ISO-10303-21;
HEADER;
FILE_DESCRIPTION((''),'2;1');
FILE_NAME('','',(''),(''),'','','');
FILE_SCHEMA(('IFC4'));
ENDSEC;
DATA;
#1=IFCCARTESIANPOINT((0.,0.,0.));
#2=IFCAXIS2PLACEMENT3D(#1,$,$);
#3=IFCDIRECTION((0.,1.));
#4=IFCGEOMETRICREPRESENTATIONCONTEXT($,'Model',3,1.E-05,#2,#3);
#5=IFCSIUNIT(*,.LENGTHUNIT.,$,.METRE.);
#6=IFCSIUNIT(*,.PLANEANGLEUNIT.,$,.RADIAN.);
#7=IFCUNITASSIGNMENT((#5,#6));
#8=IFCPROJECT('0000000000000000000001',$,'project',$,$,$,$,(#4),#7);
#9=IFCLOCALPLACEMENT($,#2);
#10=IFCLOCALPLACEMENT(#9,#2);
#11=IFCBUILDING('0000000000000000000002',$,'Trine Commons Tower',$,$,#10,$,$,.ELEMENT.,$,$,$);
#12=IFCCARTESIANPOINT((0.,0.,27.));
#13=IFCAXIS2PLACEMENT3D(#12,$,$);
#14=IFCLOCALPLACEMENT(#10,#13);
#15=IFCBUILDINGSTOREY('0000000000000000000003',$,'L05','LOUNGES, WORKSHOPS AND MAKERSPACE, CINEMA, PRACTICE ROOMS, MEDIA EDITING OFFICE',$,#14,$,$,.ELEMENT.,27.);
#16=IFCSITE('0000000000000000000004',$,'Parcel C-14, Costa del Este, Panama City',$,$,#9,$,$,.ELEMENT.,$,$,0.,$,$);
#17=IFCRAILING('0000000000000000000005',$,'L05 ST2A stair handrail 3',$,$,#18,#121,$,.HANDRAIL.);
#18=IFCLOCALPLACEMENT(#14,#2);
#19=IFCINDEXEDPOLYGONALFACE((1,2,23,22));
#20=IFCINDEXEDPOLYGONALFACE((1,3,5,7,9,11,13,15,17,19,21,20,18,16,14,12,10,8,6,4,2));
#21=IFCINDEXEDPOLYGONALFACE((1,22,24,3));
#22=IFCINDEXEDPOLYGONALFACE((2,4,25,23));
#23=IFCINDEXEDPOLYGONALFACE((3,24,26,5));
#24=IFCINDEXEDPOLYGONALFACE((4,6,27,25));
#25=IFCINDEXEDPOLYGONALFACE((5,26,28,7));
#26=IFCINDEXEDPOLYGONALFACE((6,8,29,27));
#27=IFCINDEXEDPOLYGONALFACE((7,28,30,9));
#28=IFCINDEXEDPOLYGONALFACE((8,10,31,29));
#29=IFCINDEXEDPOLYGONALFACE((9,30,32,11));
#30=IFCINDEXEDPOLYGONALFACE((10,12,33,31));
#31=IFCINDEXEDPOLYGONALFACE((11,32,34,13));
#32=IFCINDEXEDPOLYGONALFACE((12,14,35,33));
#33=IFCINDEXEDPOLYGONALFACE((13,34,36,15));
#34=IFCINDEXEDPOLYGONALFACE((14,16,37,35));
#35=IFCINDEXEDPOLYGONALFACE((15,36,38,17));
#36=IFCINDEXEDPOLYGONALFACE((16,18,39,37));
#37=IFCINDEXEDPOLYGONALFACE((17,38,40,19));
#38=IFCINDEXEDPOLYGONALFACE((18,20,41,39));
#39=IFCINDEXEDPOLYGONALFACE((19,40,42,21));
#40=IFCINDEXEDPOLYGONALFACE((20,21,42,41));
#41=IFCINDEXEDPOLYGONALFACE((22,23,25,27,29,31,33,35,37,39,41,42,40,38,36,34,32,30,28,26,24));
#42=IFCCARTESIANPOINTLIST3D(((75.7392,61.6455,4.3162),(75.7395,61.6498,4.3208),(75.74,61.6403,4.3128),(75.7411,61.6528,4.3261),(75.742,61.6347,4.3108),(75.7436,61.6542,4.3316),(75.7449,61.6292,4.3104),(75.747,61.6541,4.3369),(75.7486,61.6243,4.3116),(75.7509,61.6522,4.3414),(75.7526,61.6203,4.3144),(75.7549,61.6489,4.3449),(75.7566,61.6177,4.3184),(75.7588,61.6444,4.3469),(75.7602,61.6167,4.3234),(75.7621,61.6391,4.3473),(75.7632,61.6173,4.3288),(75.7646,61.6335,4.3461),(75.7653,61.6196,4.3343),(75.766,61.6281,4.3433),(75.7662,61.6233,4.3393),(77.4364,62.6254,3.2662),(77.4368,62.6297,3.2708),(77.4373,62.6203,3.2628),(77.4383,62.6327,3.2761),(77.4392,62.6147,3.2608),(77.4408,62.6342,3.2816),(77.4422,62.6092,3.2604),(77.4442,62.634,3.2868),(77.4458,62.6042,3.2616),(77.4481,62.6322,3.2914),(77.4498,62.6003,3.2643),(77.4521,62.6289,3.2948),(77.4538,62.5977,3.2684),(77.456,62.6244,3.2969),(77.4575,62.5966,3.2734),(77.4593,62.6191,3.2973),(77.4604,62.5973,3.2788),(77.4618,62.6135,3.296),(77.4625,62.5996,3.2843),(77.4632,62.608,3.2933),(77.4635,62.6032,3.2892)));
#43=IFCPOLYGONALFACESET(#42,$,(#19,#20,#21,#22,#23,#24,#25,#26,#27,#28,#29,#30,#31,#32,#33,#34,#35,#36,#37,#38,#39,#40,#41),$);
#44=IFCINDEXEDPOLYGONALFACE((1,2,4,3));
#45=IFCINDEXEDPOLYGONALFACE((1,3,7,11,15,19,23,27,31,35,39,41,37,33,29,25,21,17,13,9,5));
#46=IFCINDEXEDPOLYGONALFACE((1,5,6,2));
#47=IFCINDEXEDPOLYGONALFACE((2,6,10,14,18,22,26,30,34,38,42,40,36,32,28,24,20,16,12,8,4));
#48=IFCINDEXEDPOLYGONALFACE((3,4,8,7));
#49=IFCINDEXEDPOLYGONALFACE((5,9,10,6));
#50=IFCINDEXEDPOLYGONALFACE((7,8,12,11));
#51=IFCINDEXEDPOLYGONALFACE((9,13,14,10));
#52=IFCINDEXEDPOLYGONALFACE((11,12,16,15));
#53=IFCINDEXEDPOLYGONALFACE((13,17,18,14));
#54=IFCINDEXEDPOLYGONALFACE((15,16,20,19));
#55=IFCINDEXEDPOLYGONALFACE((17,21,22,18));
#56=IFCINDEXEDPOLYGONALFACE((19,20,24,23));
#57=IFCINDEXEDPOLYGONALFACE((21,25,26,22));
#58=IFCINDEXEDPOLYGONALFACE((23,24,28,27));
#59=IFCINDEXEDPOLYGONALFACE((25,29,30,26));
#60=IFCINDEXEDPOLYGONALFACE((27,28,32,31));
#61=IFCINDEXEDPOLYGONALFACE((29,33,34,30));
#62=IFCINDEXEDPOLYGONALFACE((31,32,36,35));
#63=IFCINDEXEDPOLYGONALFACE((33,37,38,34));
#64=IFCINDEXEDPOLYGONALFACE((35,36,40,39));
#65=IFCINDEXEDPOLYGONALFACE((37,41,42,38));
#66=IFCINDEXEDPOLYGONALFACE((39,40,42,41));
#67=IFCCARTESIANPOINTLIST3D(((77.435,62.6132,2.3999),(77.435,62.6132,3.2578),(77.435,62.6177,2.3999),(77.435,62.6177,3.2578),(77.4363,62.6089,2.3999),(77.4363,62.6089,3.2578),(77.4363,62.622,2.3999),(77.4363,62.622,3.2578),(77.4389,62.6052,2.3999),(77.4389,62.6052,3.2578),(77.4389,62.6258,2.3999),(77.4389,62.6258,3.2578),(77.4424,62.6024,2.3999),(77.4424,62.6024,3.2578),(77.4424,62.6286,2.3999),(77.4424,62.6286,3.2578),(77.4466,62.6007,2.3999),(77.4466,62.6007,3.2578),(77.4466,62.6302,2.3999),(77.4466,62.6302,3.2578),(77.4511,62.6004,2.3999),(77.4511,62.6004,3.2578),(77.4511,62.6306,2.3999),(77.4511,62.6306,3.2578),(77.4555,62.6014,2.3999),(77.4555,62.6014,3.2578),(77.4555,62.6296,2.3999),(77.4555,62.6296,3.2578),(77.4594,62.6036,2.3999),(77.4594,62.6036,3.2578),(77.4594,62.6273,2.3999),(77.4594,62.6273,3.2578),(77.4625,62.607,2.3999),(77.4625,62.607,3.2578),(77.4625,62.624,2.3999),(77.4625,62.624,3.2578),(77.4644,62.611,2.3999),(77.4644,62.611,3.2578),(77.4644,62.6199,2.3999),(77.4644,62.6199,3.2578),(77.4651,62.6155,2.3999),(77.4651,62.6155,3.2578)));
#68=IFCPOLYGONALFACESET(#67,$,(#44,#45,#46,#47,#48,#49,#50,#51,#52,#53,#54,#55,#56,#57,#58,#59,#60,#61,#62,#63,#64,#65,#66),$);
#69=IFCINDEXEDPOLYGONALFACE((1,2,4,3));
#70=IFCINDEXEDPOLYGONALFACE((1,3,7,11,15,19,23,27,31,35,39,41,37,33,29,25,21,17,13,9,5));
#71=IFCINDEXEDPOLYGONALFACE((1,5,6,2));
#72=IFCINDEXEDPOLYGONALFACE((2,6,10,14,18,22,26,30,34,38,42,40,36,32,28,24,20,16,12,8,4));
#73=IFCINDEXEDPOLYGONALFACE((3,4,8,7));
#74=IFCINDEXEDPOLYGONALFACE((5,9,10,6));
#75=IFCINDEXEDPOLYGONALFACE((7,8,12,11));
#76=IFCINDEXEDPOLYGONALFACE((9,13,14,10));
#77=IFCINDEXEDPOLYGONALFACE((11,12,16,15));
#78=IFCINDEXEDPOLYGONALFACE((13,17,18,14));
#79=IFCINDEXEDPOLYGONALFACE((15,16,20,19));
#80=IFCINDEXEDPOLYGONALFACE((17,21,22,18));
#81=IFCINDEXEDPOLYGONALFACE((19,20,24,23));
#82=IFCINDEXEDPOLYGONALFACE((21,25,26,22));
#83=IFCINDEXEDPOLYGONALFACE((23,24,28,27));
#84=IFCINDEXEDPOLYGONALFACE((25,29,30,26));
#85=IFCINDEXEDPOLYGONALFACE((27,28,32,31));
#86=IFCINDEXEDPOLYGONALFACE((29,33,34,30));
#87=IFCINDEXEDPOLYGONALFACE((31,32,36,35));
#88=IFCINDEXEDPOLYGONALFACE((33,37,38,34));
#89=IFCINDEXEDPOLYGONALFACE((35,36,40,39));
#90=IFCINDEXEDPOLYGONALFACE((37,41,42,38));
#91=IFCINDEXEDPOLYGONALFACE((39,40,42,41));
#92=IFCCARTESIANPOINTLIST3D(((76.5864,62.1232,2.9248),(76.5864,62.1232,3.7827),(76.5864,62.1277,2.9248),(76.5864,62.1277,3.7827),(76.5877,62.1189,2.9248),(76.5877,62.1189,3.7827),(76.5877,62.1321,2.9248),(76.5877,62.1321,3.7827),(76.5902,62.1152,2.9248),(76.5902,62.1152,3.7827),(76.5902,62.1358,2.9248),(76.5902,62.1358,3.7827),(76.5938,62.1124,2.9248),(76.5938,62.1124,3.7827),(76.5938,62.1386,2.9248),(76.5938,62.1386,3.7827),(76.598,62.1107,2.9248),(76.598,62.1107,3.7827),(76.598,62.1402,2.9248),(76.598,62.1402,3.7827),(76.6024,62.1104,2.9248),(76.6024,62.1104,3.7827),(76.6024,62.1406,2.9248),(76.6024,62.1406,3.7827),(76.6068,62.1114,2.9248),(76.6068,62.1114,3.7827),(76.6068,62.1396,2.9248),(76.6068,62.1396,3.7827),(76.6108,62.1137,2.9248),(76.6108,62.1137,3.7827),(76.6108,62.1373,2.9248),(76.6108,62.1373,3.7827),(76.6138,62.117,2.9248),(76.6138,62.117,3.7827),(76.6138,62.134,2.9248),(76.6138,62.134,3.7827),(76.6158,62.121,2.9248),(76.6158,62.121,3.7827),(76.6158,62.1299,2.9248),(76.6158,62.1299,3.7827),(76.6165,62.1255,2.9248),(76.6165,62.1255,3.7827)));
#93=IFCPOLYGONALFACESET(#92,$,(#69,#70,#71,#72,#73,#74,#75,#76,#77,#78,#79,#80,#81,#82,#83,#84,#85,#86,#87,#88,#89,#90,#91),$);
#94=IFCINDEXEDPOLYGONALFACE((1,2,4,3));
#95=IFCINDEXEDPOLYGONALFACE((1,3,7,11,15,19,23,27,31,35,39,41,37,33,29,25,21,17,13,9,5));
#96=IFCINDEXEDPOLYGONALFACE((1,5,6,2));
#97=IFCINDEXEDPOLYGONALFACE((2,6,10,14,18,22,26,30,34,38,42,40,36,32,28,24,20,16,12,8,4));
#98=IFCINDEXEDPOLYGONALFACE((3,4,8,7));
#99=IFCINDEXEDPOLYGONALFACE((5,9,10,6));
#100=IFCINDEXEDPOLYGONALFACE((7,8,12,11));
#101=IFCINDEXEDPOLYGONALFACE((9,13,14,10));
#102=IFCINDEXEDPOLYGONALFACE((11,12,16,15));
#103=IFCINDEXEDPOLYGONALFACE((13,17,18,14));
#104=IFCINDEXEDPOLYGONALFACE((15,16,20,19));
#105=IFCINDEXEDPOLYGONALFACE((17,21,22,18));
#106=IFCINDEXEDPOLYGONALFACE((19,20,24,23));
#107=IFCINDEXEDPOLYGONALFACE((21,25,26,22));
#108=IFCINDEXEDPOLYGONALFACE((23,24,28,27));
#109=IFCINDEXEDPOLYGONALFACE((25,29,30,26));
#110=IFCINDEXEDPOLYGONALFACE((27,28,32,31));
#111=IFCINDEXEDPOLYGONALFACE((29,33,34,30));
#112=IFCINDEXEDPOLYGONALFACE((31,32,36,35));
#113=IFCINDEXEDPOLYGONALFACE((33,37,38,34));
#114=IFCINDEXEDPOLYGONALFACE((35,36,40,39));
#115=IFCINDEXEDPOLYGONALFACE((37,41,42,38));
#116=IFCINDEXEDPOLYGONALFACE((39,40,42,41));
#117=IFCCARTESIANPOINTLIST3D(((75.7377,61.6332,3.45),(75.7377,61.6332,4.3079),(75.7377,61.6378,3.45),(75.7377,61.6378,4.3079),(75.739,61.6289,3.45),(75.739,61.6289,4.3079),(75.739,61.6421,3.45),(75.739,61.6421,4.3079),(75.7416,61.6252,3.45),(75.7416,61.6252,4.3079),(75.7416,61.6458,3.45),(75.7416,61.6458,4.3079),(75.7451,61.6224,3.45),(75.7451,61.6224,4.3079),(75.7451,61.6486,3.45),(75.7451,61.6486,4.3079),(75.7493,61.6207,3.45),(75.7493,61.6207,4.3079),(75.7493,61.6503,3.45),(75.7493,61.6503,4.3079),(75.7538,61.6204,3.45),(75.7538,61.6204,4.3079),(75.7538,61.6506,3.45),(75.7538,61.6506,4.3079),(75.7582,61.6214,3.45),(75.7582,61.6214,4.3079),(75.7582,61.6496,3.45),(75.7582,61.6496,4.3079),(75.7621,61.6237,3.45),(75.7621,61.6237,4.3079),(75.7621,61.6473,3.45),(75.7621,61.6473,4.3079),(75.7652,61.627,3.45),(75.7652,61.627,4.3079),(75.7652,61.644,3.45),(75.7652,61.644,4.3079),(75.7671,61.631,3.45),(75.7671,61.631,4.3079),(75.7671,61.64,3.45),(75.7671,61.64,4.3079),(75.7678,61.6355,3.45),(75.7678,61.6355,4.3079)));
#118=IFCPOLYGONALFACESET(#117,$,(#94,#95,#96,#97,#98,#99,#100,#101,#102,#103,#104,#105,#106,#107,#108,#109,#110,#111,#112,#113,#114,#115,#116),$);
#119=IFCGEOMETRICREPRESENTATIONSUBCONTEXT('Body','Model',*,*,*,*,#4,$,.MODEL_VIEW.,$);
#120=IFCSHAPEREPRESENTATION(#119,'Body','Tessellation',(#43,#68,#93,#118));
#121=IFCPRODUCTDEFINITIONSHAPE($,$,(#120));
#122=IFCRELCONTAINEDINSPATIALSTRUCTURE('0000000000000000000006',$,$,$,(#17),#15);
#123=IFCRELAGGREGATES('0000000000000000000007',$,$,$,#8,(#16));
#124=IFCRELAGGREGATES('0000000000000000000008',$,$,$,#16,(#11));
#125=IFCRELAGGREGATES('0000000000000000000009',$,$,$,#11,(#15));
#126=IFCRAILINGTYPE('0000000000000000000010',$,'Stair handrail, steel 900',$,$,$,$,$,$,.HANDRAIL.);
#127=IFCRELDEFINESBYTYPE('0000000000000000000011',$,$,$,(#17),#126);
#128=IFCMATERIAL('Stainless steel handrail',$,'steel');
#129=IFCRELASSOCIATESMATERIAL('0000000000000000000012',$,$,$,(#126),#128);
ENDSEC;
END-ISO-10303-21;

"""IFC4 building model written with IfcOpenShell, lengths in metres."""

from ifc_helpers import new_model, si_unit, direction, frame, origin, origin_2d, place, context, subcontext, project, spatial, circle, extrude, material, type_object, element, save


model = new_model("IFC4")

# Units and contexts
model_context = context("Model", 3, precision=1e-05, world=origin(), true_north=direction((0.0, 1.0)))
body_context = subcontext(model_context, "Body", "Model", "MODEL_VIEW")
ifc_project = project(units=[si_unit("LENGTHUNIT", "METRE"), si_unit("PLANEANGLEUNIT", "RADIAN")], contexts=[model_context])

# Site, building, storey
site_placement = place(None, origin())
site = spatial("IfcSite", under=ifc_project, at=site_placement, Name="Parcel C-14, Costa del Este, Panama City", CompositionType="ELEMENT", RefElevation=0.0)
building_placement = place(site_placement, origin())
building = spatial("IfcBuilding", under=site, at=building_placement, Name="Trine Commons Tower", CompositionType="ELEMENT")
storey_placement = place(building_placement, frame((0.0, 0.0, 27.0)))
storey = spatial("IfcBuildingStorey", under=building, at=storey_placement, Name="L05", Description="LOUNGES, WORKSHOPS AND MAKERSPACE, CINEMA, PRACTICE ROOMS, MEDIA EDITING OFFICE", CompositionType="ELEMENT", Elevation=27.0)

# Railing
ifc_material_1 = material(Name="Stainless steel handrail", Category="steel")
railing_type_1 = type_object("IfcRailingType", Name="Stair handrail, steel 900", PredefinedType="HANDRAIL", material=ifc_material_1)
railing_1_placement = place(storey_placement, frame((77.45, 62.6155, 2.3999)))
element("IfcRailing", 1, at=railing_1_placement, inside=storey, type_object=railing_type_1, Name="L05 ST2A stair handrail 3", PredefinedType="HANDRAIL", context=body_context, shape_type="SweptSolid", body=[
    extrude(circle(Radius=0.021, at=origin_2d()), frame((0.0, 0.0, 0.8789), z_axis=(-0.763352, -0.44075, 0.472264), x_axis=(0.500024, -0.866011, 0.0)), (0.0, 0.0, 1.0), 2.2234),
    extrude(circle(Radius=0.0151, at=origin_2d()), origin(), (0.0, 0.0, 1.0), 0.8579),
    extrude(circle(Radius=0.0151, at=origin_2d()), frame((-0.8486, -0.49, 0.5249)), (0.0, 0.0, 1.0), 0.8579),
    extrude(circle(Radius=0.0151, at=origin_2d()), frame((-1.6973, -0.98, 1.05)), (0.0, 0.0, 1.0), 0.8579),
])

save(model, "model.ifc")
